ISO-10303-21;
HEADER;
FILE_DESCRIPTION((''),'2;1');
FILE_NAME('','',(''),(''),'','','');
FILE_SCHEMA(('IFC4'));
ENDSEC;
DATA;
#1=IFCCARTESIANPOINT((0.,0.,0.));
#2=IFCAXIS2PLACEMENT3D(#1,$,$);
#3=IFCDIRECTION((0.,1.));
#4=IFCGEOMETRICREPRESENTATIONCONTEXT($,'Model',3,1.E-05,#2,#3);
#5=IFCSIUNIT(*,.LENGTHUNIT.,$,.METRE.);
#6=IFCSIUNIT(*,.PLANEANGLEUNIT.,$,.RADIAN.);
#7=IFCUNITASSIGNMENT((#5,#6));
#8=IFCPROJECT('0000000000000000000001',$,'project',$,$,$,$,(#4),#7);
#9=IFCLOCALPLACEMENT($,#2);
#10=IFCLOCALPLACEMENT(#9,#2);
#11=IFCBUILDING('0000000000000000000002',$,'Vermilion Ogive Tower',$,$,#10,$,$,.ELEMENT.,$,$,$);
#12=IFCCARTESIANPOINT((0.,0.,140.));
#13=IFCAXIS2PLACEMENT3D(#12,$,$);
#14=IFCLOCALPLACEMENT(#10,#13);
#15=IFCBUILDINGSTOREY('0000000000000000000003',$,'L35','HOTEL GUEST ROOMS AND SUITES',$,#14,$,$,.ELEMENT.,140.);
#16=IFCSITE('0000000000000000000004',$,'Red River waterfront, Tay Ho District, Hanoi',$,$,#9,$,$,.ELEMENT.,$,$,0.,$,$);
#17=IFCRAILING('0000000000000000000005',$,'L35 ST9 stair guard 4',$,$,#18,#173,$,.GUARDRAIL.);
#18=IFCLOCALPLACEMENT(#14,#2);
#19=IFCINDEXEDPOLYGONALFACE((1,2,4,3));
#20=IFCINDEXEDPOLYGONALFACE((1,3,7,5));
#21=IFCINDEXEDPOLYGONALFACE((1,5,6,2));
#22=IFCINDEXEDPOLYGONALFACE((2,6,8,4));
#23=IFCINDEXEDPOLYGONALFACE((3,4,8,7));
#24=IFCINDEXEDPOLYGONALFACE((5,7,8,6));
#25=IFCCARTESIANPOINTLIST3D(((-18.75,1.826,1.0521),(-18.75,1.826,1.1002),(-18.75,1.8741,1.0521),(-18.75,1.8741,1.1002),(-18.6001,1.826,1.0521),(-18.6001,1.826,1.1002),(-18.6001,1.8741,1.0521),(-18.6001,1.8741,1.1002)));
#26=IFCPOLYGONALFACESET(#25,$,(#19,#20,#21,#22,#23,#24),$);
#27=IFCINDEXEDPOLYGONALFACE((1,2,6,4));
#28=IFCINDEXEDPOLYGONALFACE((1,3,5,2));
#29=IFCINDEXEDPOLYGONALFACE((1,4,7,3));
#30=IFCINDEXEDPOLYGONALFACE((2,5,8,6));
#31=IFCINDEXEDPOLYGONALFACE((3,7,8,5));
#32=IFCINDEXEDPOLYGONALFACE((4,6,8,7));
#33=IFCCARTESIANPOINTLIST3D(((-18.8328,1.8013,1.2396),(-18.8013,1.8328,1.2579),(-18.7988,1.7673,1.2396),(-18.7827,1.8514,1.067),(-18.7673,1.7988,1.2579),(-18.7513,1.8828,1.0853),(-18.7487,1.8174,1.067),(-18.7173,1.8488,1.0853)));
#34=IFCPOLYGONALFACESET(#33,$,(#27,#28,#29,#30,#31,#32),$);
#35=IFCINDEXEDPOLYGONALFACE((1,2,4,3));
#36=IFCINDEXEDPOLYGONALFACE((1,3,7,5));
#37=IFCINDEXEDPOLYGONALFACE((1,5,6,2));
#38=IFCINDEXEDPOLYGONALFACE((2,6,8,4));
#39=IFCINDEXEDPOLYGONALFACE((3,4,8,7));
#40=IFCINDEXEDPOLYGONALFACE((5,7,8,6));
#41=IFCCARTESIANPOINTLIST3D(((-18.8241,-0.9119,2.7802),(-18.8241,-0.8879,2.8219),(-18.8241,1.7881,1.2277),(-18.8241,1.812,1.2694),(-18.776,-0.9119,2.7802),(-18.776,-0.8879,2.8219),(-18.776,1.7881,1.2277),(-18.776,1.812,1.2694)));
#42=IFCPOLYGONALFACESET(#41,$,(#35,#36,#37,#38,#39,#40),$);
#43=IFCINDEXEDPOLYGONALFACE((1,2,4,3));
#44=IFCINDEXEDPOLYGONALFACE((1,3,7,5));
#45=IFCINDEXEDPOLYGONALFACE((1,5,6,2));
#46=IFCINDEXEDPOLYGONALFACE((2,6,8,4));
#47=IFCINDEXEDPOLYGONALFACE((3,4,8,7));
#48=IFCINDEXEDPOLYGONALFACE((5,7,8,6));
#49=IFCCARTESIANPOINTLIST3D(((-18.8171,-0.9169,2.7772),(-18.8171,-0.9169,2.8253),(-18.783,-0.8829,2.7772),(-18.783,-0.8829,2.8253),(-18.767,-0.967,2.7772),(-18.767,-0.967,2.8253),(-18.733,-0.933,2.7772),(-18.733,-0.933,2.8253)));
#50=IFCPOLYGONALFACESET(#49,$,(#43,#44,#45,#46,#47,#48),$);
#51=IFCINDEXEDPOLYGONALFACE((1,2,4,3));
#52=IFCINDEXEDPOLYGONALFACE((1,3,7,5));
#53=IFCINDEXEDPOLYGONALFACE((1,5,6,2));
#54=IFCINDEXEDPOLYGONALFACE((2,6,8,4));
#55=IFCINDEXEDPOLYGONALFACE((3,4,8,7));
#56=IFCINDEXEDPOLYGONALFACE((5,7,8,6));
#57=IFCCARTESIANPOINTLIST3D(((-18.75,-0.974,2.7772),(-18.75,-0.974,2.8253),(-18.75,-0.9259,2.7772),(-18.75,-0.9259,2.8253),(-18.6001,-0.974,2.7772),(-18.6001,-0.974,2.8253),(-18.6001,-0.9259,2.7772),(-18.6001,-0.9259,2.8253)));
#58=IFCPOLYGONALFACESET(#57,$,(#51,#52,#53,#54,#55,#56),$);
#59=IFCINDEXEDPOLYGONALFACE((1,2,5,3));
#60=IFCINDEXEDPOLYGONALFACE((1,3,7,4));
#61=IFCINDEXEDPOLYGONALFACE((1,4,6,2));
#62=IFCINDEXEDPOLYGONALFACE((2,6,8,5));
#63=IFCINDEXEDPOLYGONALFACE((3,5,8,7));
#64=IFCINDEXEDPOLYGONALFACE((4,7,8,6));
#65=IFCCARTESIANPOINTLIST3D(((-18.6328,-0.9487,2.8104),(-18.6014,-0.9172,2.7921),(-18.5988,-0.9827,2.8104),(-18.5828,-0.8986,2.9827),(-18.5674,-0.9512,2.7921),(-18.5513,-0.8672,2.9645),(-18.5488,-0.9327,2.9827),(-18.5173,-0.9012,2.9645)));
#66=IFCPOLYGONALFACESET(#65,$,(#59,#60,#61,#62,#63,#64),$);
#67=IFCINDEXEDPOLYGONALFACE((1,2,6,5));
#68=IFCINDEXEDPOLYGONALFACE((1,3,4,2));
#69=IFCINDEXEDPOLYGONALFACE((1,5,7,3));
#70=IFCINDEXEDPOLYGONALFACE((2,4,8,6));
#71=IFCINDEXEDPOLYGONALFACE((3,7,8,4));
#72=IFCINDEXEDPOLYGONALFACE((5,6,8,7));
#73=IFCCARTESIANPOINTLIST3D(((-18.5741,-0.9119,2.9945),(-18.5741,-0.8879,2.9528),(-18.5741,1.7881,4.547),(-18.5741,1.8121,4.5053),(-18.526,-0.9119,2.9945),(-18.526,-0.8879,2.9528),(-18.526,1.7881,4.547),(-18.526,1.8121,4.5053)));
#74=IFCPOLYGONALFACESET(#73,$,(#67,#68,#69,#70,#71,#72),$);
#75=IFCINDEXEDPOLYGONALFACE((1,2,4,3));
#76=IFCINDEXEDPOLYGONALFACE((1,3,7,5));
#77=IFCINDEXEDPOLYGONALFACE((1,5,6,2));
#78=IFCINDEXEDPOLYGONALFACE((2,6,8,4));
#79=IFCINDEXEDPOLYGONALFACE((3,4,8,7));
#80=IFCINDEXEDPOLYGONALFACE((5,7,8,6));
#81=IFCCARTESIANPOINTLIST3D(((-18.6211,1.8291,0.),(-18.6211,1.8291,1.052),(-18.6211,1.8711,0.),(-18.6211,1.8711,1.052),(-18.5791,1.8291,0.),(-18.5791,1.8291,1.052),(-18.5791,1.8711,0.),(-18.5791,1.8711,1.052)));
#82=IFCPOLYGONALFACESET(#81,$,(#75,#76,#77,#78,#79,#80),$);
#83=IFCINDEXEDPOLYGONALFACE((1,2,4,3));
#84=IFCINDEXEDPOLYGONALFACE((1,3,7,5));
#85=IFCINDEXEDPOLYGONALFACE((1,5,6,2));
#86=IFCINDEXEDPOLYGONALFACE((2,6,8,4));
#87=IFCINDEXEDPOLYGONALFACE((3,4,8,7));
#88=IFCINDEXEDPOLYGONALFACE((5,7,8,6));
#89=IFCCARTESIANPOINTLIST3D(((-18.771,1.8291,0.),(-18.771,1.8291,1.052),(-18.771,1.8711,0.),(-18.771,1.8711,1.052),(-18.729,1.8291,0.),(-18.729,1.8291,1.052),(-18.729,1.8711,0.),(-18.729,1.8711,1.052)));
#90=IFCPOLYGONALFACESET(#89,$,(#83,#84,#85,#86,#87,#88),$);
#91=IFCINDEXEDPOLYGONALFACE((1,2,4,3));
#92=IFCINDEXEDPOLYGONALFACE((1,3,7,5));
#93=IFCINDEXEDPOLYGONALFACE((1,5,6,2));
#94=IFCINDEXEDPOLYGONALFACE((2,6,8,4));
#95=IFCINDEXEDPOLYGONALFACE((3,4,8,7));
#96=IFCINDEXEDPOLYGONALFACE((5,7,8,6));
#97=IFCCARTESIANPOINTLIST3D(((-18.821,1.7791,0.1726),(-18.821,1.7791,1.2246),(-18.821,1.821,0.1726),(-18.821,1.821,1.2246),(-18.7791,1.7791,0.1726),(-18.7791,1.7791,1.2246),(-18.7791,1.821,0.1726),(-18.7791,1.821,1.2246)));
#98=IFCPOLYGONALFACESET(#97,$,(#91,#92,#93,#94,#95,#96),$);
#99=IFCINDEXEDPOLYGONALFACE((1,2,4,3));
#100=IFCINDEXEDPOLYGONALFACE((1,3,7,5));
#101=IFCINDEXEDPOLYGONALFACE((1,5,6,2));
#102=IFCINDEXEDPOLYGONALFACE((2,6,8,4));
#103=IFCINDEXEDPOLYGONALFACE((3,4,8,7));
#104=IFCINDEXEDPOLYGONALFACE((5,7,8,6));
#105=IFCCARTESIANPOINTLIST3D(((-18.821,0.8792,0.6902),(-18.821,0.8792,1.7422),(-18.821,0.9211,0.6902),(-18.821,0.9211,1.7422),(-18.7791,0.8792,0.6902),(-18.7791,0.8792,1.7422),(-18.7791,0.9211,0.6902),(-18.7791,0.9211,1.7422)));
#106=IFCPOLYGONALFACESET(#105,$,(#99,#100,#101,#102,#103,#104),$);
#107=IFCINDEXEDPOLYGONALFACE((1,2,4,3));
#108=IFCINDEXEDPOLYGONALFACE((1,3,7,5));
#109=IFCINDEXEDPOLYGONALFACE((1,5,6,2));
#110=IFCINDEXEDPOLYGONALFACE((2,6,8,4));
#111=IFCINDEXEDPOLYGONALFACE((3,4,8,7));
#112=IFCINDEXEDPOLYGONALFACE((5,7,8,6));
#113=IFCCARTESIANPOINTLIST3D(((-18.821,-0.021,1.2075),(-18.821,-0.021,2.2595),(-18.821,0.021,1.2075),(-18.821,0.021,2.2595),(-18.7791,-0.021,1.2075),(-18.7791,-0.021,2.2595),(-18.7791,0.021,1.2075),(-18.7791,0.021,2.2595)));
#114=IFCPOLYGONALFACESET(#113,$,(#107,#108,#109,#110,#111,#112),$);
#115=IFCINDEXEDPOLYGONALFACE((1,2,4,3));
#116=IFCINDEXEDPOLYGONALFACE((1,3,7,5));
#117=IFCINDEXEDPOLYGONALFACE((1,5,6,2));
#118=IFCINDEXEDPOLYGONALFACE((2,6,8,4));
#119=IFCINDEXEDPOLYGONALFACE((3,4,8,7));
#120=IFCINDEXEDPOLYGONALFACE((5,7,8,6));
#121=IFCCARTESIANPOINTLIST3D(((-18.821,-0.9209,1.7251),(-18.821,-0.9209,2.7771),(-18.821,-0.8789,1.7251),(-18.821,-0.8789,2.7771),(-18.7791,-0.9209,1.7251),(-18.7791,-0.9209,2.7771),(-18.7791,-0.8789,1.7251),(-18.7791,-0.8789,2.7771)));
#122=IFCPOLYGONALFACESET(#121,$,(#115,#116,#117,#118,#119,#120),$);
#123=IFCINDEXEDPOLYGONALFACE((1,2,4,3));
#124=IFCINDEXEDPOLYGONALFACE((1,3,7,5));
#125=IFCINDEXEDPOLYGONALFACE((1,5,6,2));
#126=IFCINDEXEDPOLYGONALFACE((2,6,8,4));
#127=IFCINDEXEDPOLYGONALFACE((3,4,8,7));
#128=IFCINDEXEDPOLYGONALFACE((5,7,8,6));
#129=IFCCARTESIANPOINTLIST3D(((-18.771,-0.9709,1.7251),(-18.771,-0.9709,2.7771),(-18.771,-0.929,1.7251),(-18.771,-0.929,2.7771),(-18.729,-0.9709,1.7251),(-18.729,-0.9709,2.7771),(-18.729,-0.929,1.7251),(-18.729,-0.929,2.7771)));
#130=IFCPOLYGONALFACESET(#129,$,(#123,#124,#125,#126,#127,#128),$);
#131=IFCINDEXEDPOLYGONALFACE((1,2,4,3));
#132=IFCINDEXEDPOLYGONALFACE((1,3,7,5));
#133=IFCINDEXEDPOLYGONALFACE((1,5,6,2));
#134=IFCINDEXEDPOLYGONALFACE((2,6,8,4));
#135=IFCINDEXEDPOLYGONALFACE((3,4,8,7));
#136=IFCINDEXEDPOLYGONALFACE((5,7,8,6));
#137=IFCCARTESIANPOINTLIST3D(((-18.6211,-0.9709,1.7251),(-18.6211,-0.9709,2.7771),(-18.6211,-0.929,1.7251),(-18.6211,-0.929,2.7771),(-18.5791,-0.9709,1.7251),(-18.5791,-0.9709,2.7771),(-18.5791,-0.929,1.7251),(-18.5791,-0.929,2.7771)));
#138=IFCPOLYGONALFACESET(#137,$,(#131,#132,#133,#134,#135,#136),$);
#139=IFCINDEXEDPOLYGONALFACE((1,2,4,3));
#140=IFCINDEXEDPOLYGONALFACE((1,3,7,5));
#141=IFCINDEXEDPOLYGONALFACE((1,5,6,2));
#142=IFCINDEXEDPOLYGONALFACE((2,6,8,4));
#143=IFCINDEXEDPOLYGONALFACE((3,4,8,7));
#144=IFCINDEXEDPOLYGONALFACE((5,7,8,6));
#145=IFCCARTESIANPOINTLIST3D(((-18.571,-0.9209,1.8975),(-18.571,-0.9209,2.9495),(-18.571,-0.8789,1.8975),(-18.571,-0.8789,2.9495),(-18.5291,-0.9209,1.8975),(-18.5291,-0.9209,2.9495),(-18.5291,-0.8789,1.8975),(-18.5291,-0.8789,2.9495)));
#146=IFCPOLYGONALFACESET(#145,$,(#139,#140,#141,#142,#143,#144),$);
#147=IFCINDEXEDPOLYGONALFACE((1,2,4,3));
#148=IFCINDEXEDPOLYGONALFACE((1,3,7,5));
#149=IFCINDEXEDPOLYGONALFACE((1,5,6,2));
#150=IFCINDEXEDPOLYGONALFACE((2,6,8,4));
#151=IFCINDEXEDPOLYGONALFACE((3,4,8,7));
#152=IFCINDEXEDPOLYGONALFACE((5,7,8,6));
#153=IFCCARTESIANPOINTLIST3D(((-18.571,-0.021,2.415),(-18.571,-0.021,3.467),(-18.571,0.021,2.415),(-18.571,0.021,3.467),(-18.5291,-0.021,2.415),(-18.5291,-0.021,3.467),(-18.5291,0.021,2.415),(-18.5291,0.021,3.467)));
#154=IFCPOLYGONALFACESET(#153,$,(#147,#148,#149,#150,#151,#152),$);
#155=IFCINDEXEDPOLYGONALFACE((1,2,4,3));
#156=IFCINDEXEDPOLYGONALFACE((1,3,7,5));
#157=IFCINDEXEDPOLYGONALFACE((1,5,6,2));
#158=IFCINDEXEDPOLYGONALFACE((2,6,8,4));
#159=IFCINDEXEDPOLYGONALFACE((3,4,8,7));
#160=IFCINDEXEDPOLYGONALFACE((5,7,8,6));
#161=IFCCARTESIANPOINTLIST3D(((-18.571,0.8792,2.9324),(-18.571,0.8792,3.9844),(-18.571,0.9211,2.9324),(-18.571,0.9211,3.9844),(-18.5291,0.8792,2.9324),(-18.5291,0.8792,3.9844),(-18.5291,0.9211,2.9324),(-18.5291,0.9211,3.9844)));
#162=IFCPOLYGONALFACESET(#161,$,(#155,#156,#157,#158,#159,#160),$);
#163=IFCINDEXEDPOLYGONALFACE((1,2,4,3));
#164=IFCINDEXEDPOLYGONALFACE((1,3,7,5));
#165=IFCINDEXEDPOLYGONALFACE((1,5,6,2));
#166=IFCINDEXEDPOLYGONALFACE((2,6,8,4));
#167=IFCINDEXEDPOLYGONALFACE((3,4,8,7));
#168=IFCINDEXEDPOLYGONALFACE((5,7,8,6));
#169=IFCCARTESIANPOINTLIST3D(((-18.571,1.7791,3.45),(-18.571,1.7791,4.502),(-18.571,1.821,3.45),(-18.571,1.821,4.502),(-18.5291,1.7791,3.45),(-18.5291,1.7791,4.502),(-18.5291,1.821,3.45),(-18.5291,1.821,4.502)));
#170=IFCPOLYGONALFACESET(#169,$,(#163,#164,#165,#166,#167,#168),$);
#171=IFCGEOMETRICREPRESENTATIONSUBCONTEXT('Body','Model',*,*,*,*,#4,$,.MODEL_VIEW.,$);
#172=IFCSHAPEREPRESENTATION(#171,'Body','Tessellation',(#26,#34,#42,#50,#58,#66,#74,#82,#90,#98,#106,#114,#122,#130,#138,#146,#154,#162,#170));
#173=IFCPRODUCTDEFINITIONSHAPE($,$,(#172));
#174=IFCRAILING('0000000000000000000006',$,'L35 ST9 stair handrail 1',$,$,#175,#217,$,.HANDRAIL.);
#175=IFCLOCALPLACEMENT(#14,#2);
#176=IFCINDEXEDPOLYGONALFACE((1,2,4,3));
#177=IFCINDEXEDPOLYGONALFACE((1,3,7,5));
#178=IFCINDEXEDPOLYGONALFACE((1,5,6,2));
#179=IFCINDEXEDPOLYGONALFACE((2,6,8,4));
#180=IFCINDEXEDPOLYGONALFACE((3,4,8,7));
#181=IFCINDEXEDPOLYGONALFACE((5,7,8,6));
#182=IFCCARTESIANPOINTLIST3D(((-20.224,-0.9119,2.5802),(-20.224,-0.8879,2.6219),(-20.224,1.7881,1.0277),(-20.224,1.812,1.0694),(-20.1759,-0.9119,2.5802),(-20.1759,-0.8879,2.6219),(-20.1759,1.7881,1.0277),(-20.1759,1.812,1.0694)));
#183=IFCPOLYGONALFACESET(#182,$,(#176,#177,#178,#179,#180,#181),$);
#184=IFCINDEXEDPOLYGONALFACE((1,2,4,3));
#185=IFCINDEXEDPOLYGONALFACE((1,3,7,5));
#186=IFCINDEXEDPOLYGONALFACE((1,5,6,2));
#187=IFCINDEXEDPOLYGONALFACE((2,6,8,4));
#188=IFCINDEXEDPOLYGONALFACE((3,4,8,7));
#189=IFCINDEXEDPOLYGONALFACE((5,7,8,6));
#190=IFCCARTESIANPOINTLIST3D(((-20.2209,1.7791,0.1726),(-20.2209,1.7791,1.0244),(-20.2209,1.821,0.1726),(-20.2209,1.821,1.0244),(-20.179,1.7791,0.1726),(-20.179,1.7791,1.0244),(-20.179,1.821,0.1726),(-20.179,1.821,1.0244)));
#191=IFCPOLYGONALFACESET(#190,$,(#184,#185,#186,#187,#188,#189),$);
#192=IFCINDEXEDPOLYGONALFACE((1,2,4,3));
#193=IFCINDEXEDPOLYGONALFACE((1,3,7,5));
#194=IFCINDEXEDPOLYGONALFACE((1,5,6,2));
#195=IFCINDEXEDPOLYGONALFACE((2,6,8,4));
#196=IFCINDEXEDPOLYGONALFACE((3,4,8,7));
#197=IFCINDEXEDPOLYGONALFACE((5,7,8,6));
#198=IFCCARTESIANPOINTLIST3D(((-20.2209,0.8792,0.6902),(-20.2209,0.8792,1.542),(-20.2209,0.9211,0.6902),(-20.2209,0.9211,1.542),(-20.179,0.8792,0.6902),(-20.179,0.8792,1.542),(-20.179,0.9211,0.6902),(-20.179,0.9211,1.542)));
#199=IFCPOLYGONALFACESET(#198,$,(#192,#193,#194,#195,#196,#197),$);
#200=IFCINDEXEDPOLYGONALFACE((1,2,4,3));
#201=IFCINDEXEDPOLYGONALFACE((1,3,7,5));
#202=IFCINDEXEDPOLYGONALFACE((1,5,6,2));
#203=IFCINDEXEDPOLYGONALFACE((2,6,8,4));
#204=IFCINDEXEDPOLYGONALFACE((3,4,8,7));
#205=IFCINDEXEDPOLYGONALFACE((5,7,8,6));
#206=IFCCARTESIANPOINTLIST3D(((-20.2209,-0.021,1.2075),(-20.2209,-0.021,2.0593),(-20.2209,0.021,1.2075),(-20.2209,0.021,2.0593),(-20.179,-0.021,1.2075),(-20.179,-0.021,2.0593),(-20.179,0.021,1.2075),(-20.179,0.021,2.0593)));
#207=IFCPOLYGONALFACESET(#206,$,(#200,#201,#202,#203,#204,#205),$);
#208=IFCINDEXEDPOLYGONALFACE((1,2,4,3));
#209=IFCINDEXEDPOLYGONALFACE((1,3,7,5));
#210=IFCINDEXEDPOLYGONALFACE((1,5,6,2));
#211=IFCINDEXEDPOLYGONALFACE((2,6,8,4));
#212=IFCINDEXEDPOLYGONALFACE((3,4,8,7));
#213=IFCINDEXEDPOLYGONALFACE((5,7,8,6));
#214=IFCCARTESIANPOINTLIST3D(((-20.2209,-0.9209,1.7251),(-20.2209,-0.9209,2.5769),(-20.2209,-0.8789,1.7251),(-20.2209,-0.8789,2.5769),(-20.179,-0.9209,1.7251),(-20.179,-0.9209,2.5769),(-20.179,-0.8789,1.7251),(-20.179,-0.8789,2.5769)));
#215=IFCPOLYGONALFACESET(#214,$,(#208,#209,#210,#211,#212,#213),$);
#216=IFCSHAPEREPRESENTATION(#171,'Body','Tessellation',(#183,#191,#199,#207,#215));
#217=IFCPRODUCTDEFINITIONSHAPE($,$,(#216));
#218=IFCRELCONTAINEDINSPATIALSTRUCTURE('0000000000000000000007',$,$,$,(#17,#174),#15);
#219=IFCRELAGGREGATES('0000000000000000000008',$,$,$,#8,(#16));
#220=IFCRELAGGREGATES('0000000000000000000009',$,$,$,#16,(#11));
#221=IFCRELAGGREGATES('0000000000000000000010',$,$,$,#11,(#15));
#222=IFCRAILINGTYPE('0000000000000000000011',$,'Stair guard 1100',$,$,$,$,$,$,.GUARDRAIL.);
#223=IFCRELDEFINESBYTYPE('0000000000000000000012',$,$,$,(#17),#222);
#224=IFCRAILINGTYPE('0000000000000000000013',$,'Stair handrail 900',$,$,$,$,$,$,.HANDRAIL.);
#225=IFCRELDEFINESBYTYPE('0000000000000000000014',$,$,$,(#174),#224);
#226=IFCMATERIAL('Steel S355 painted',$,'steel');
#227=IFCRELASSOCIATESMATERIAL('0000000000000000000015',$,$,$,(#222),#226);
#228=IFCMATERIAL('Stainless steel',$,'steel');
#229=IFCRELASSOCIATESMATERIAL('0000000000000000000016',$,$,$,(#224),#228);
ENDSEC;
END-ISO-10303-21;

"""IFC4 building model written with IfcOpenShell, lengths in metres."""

from ifc_helpers import new_model, si_unit, direction, frame, origin, origin_2d, place, context, subcontext, project, spatial, rectangle, extrude, material, type_object, element, save


model = new_model("IFC4")

# Units and contexts
model_context = context("Model", 3, precision=1e-05, world=origin(), true_north=direction((0.0, 1.0)))
body_context = subcontext(model_context, "Body", "Model", "MODEL_VIEW")
ifc_project = project(units=[si_unit("LENGTHUNIT", "METRE"), si_unit("PLANEANGLEUNIT", "RADIAN")], contexts=[model_context])

# Site, building, storey
site_placement = place(None, origin())
site = spatial("IfcSite", under=ifc_project, at=site_placement, Name="Red River waterfront, Tay Ho District, Hanoi", CompositionType="ELEMENT", RefElevation=0.0)
building_placement = place(site_placement, origin())
building = spatial("IfcBuilding", under=site, at=building_placement, Name="Vermilion Ogive Tower", CompositionType="ELEMENT")
storey_placement = place(building_placement, frame((0.0, 0.0, 140.0)))
storey = spatial("IfcBuildingStorey", under=building, at=storey_placement, Name="L35", Description="HOTEL GUEST ROOMS AND SUITES", CompositionType="ELEMENT", Elevation=140.0)

# Railings
ifc_material_1 = material(Name="Steel S355 painted", Category="steel")
railing_type_1 = type_object("IfcRailingType", Name="Stair guard 1100", PredefinedType="GUARDRAIL", material=ifc_material_1)
railing_1_placement = place(storey_placement, frame((-18.6001, 1.8501, 0.0)))
element("IfcRailing", 1, at=railing_1_placement, inside=storey, type_object=railing_type_1, Name="L35 ST9 stair guard 4", PredefinedType="GUARDRAIL", context=body_context, shape_type="SweptSolid", body=[
    extrude(rectangle(XDim=0.0481, YDim=0.0481, at=origin_2d()), frame((0.0, 0.0, 1.0762), z_axis=(-1.0, 0.0, 0.0), x_axis=(0.0, -1.0, 0.0)), (0.0, 0.0, 1.0), 0.1499),
    extrude(rectangle(XDim=0.0481, YDim=0.0481, at=origin_2d()), frame((-0.1499, 0.0, 1.0762), z_axis=(-0.268278, -0.268278, 0.925232), x_axis=(0.707107, -0.707107, 0.0)), (0.0, 0.0, 1.0), 0.1865),
    extrude(rectangle(XDim=0.0481, YDim=0.0481, at=origin_2d()), frame((-0.2, -0.05, 1.2485), z_axis=(0.0, -0.866904, 0.498476), x_axis=(1.0, 0.0, 0.0)), (0.0, 0.0, 1.0), 3.1145),
    extrude(rectangle(XDim=0.0481, YDim=0.0481, at=origin_2d()), frame((-0.2, -2.75, 2.8013), z_axis=(0.707107, -0.707107, 0.0), x_axis=(0.707107, 0.707107, 0.0)), (0.0, 0.0, 1.0), 0.0708),
    extrude(rectangle(XDim=0.0481, YDim=0.0481, at=origin_2d()), frame((-0.1499, -2.8, 2.8013), z_axis=(1.0, 0.0, 0.0), x_axis=(0.0, 1.0, 0.0)), (0.0, 0.0, 1.0), 0.1499),
    extrude(rectangle(XDim=0.0481, YDim=0.0481, at=origin_2d()), frame((0.0, -2.8, 2.8013), z_axis=(0.268603, 0.268603, 0.925043), x_axis=(-0.707107, 0.707107, 0.0)), (0.0, 0.0, 1.0), 0.1863),
    extrude(rectangle(XDim=0.0481, YDim=0.0481, at=origin_2d()), frame((0.05, -2.75, 2.9736), z_axis=(0.0, 0.866904, 0.498476), x_axis=(-1.0, 0.0, 0.0)), (0.0, 0.0, 1.0), 3.1145),
    extrude(rectangle(XDim=0.042, YDim=0.042, at=origin_2d()), origin(), (0.0, 0.0, 1.0), 1.052),
    extrude(rectangle(XDim=0.042, YDim=0.042, at=origin_2d()), frame((-0.1499, 0.0, 0.0)), (0.0, 0.0, 1.0), 1.052),
    extrude(rectangle(XDim=0.042, YDim=0.042, at=origin_2d()), frame((-0.2, -0.05, 0.1726)), (0.0, 0.0, 1.0), 1.052),
    extrude(rectangle(XDim=0.042, YDim=0.042, at=origin_2d()), frame((-0.2, -0.95, 0.6902)), (0.0, 0.0, 1.0), 1.052),
    extrude(rectangle(XDim=0.042, YDim=0.042, at=origin_2d()), frame((-0.2, -1.8501, 1.2075)), (0.0, 0.0, 1.0), 1.052),
    extrude(rectangle(XDim=0.042, YDim=0.042, at=origin_2d()), frame((-0.2, -2.75, 1.7251)), (0.0, 0.0, 1.0), 1.052),
    extrude(rectangle(XDim=0.042, YDim=0.042, at=origin_2d()), frame((-0.1499, -2.8, 1.7251)), (0.0, 0.0, 1.0), 1.052),
    extrude(rectangle(XDim=0.042, YDim=0.042, at=origin_2d()), frame((0.0, -2.8, 1.7251)), (0.0, 0.0, 1.0), 1.052),
    extrude(rectangle(XDim=0.042, YDim=0.042, at=origin_2d()), frame((0.05, -2.75, 1.8975)), (0.0, 0.0, 1.0), 1.052),
    extrude(rectangle(XDim=0.042, YDim=0.042, at=origin_2d()), frame((0.05, -1.8501, 2.415)), (0.0, 0.0, 1.0), 1.052),
    extrude(rectangle(XDim=0.042, YDim=0.042, at=origin_2d()), frame((0.05, -0.95, 2.9324)), (0.0, 0.0, 1.0), 1.052),
    extrude(rectangle(XDim=0.042, YDim=0.042, at=origin_2d()), frame((0.05, -0.05, 3.45)), (0.0, 0.0, 1.0), 1.052),
])
ifc_material_2 = material(Name="Stainless steel", Category="steel")
railing_type_2 = type_object("IfcRailingType", Name="Stair handrail 900", PredefinedType="HANDRAIL", material=ifc_material_2)
railing_2_placement = place(storey_placement, frame((-20.2, 1.8, 0.1726)))
element("IfcRailing", 2, at=railing_2_placement, inside=storey, type_object=railing_type_2, Name="L35 ST9 stair handrail 1", PredefinedType="HANDRAIL", context=body_context, shape_type="SweptSolid", body=[
    extrude(rectangle(XDim=0.0481, YDim=0.0481, at=origin_2d()), frame((0.0, 0.0, 0.876), z_axis=(0.0, -0.866904, 0.498476), x_axis=(1.0, 0.0, 0.0)), (0.0, 0.0, 1.0), 3.1145),
    extrude(rectangle(XDim=0.042, YDim=0.042, at=origin_2d()), origin(), (0.0, 0.0, 1.0), 0.8518),
    extrude(rectangle(XDim=0.042, YDim=0.042, at=origin_2d()), frame((0.0, -0.8999, 0.5176)), (0.0, 0.0, 1.0), 0.8518),
    extrude(rectangle(XDim=0.042, YDim=0.042, at=origin_2d()), frame((0.0, -1.8, 1.0349)), (0.0, 0.0, 1.0), 0.8518),
    extrude(rectangle(XDim=0.042, YDim=0.042, at=origin_2d()), frame((0.0, -2.7, 1.5525)), (0.0, 0.0, 1.0), 0.8518),
])

save(model, "model.ifc")
